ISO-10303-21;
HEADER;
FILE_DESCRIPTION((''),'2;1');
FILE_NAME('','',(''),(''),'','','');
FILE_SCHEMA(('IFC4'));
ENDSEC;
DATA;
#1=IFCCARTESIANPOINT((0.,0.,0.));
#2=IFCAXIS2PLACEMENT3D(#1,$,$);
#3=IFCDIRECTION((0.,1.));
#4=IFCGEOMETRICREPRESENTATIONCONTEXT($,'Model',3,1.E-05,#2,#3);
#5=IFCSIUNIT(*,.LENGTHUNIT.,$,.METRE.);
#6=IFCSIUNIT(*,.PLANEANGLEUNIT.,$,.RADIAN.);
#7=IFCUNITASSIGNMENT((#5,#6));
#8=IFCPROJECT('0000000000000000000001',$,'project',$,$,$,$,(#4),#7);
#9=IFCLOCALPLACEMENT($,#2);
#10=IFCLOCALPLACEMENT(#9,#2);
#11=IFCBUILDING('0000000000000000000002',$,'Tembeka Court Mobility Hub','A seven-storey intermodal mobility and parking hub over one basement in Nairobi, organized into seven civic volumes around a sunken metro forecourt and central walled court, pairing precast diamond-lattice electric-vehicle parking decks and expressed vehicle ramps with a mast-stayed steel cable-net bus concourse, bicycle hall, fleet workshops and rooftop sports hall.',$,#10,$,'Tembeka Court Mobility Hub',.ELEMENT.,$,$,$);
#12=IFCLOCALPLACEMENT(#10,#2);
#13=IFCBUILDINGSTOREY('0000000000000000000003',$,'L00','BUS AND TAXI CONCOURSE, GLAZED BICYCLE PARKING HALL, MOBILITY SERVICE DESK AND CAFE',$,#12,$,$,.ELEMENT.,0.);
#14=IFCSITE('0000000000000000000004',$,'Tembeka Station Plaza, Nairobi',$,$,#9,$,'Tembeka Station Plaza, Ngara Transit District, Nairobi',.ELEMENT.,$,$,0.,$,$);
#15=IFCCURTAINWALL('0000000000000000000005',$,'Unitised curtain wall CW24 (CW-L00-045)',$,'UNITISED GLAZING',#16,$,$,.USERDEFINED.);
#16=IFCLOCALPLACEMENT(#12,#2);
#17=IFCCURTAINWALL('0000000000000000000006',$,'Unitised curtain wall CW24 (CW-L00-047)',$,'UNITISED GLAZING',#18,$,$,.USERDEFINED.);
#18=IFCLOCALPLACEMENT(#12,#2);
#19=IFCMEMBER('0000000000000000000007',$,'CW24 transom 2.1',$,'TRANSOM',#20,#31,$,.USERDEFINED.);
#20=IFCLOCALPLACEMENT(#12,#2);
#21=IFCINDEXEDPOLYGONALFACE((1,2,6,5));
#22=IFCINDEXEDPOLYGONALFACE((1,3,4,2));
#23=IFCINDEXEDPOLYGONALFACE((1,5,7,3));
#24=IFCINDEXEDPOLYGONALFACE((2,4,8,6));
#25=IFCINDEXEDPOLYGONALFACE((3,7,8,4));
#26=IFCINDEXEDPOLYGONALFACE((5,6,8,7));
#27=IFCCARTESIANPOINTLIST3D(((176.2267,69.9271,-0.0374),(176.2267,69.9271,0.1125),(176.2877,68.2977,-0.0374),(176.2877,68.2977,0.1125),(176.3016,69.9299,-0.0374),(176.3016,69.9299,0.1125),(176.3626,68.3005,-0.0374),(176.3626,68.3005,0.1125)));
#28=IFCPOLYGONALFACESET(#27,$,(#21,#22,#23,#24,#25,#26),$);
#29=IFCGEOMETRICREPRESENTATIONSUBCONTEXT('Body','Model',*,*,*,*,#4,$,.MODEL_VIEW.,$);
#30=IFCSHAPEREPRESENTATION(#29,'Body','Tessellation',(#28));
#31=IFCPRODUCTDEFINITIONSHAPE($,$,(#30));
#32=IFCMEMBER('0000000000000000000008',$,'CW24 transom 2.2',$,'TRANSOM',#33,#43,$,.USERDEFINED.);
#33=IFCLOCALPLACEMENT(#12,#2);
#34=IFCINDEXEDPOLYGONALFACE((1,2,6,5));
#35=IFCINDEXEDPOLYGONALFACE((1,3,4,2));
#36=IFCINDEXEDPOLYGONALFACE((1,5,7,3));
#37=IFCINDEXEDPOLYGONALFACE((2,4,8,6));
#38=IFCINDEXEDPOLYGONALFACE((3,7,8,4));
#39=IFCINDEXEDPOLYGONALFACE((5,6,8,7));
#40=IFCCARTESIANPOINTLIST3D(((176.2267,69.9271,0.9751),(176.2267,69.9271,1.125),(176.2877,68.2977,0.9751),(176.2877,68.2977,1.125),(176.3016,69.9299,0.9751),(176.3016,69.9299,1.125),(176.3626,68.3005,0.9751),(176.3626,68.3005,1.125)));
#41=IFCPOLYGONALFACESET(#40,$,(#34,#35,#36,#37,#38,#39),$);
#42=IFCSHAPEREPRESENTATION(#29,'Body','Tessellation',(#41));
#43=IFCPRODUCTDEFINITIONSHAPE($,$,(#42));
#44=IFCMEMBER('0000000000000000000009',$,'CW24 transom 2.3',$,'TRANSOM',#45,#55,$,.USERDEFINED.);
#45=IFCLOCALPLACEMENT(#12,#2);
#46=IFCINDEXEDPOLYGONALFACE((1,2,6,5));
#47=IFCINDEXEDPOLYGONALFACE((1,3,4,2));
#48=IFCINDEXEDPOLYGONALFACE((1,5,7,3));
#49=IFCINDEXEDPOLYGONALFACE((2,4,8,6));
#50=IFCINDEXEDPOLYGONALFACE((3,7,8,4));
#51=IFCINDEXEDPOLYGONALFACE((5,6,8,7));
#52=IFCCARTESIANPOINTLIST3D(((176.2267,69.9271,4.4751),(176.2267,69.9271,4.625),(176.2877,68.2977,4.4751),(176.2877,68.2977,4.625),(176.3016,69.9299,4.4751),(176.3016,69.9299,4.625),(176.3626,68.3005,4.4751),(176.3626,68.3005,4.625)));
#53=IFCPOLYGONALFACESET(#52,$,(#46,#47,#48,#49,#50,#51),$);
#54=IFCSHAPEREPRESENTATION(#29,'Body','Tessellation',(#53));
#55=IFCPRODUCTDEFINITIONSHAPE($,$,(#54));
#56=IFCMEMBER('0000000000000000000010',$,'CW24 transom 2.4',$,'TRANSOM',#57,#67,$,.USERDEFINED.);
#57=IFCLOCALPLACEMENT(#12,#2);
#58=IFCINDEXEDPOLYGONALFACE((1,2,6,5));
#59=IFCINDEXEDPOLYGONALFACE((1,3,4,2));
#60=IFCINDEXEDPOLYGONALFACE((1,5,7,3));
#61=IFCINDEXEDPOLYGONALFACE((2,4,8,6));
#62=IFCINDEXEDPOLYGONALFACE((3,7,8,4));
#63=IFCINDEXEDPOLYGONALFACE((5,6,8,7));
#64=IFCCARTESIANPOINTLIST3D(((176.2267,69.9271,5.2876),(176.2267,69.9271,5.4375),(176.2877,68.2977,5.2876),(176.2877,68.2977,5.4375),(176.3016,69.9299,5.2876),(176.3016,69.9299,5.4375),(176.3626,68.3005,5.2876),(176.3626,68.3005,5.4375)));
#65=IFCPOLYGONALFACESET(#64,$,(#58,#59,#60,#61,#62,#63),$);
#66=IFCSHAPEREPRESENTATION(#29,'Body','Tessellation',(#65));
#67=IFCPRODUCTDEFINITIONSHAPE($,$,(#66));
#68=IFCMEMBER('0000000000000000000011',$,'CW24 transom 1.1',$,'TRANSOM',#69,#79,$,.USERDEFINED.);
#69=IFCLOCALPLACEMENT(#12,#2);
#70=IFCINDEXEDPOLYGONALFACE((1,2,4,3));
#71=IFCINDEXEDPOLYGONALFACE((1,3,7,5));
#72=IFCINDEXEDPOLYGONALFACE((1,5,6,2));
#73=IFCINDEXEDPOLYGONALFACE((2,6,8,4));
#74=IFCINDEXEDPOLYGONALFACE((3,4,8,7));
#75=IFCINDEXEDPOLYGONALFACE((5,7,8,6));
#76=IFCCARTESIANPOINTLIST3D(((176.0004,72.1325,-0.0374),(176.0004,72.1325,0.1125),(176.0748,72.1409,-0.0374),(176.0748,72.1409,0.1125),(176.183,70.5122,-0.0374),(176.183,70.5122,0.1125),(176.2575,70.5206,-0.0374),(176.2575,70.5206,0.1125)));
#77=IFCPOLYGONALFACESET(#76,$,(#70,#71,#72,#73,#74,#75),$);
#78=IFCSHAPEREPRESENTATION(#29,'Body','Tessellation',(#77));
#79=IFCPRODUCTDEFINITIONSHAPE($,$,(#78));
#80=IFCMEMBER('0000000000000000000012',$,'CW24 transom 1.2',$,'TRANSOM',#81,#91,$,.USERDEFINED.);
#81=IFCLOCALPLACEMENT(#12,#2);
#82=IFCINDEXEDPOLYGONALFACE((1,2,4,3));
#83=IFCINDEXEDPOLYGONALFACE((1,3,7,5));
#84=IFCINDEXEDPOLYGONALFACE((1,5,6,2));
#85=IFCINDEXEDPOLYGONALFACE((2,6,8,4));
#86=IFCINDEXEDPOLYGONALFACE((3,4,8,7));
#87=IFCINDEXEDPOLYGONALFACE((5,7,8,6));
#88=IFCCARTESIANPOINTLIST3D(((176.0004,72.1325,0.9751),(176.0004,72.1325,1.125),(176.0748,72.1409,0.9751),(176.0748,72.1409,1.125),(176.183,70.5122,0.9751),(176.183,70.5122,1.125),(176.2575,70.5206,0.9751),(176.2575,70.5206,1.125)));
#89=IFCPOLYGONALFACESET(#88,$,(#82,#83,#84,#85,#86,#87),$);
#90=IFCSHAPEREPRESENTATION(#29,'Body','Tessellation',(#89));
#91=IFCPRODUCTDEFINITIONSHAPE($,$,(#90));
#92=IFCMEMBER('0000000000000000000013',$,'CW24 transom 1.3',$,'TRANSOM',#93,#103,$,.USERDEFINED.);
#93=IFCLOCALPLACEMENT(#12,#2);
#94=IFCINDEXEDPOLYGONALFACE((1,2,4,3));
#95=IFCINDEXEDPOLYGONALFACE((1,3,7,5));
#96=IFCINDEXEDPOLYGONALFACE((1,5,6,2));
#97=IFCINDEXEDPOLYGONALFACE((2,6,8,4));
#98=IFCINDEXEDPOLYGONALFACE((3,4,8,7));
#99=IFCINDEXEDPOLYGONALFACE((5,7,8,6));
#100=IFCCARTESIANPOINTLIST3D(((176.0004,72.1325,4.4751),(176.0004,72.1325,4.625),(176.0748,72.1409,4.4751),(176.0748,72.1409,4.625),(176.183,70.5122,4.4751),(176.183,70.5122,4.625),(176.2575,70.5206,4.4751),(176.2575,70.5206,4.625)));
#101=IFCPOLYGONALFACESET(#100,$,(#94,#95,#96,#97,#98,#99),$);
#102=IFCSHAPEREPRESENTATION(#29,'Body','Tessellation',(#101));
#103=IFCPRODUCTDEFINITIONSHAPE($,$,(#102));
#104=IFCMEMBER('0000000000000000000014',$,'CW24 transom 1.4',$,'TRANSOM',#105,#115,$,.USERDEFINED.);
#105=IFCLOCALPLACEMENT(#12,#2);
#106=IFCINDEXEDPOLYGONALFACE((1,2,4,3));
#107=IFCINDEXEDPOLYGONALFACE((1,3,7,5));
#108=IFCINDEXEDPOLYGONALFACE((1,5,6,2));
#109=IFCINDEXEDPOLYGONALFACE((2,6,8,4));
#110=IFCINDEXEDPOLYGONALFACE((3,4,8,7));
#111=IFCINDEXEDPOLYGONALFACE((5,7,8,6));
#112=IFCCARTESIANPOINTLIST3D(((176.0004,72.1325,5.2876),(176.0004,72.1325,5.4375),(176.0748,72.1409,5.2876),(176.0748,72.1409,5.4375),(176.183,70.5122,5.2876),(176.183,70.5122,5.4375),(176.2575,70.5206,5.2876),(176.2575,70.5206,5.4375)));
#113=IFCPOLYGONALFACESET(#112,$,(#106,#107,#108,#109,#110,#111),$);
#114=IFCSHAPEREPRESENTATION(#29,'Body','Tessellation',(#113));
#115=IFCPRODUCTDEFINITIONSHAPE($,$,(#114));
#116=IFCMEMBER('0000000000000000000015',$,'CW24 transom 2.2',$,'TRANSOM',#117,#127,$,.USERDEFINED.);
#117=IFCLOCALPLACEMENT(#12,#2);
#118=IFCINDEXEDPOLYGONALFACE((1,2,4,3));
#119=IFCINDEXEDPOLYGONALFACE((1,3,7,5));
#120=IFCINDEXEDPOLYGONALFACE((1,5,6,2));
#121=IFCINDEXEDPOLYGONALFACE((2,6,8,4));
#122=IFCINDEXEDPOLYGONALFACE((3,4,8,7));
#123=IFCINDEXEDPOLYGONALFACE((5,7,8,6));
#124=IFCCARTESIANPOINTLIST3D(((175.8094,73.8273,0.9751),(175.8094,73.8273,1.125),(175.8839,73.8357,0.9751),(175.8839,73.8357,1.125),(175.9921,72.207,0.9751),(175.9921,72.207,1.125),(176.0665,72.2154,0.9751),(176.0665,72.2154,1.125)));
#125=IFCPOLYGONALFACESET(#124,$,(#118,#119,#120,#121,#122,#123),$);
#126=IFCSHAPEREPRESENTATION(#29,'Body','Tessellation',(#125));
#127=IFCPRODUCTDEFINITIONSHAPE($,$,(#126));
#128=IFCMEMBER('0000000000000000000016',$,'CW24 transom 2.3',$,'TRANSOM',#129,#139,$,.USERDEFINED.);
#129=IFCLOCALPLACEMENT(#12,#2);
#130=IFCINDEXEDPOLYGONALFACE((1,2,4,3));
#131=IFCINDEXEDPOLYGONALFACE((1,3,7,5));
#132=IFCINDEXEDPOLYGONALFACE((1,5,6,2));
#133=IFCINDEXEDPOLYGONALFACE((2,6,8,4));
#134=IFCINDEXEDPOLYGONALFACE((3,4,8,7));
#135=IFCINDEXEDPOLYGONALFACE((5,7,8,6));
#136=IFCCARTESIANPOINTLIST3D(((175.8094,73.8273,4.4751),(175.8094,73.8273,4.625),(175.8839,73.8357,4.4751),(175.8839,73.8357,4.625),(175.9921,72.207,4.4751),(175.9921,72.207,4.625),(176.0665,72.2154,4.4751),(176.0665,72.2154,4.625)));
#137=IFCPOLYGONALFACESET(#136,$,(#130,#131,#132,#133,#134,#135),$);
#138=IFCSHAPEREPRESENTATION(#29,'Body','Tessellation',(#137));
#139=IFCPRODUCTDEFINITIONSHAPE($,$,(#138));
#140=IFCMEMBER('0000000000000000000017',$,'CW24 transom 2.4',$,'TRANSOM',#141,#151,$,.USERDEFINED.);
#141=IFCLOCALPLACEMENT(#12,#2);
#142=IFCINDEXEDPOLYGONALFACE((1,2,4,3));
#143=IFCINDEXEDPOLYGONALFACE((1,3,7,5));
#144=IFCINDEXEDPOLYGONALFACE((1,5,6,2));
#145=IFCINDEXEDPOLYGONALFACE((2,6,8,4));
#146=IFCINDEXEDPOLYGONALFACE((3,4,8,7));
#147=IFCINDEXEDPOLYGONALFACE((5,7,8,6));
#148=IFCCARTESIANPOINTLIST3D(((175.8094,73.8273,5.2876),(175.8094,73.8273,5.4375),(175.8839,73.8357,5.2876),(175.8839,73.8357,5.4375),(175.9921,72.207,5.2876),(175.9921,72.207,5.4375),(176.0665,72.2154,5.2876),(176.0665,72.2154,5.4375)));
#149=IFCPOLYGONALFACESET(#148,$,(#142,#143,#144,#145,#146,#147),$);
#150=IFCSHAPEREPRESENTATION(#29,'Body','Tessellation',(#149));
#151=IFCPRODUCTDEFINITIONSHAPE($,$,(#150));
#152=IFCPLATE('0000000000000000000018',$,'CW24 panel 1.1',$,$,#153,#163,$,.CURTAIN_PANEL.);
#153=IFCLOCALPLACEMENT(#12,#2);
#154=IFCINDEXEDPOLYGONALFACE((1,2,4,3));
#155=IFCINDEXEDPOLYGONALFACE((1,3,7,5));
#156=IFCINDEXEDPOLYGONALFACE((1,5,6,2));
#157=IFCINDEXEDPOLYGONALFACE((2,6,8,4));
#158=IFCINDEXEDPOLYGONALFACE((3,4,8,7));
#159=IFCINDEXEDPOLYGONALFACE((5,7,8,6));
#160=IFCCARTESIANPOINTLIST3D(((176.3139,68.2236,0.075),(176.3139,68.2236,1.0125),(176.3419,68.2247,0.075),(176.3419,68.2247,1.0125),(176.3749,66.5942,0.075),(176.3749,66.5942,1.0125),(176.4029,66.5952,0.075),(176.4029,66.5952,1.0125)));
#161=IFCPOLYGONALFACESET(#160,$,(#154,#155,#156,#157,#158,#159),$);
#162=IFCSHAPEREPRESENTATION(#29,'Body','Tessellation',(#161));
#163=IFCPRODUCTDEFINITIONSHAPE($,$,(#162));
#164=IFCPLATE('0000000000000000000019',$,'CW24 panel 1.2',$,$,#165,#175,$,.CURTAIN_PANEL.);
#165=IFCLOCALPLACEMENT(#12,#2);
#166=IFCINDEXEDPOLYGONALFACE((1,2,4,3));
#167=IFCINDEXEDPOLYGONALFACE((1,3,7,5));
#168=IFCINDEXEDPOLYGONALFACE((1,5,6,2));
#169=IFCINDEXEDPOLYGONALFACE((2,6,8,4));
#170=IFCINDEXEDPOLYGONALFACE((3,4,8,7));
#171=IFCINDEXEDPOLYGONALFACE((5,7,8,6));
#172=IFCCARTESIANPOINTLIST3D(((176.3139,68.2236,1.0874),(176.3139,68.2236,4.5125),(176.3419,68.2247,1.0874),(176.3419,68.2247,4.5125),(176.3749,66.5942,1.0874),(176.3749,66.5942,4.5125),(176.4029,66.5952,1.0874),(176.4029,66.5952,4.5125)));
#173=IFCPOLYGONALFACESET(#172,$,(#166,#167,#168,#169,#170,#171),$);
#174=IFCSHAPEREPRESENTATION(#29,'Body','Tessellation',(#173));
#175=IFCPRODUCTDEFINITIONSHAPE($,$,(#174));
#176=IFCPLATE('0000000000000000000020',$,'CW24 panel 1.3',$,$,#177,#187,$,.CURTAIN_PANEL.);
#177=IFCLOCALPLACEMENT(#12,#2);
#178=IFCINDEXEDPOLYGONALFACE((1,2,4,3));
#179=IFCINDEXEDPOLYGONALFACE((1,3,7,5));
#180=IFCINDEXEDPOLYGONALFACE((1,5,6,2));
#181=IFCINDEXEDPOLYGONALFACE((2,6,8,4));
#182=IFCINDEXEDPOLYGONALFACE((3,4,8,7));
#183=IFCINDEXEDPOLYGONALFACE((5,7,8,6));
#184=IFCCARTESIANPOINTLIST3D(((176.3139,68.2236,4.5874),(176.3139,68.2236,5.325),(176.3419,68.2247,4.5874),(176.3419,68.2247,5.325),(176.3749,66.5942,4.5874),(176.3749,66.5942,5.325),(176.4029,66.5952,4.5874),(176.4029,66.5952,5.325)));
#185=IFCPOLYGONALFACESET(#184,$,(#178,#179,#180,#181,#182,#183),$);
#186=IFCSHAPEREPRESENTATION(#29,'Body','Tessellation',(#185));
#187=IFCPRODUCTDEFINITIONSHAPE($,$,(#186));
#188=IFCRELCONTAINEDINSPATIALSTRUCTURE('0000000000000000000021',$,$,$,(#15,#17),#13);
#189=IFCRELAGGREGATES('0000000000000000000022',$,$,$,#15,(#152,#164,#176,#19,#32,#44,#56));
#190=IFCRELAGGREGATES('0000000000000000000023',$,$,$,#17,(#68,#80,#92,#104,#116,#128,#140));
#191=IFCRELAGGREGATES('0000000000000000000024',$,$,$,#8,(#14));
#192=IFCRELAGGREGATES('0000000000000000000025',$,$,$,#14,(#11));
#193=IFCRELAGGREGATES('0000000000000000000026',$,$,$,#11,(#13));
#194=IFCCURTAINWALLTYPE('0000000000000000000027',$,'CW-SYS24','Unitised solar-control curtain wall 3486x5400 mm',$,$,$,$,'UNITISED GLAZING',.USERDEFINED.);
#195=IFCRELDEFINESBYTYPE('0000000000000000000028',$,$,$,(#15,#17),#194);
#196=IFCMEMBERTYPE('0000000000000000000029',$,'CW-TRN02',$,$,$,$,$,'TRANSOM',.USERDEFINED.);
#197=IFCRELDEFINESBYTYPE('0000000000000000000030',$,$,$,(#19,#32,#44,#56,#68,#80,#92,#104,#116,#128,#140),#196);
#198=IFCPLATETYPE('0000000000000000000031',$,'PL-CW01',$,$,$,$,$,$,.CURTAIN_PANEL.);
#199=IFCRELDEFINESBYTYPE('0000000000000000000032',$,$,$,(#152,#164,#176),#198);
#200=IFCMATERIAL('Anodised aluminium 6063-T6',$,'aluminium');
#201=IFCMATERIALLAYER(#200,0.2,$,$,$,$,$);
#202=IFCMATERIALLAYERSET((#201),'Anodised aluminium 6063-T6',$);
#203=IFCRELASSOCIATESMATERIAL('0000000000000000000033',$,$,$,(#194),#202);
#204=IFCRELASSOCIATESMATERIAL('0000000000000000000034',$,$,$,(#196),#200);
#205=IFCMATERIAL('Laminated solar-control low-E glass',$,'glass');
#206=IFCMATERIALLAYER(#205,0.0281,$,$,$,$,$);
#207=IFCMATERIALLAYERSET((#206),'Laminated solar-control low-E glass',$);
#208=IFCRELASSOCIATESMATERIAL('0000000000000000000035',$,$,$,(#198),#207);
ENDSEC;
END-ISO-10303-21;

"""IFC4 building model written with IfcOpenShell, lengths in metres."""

from ifc_helpers import new_model, si_unit, direction, frame, origin, origin_2d, place, context, subcontext, project, spatial, rectangle, extrude, material, layer, layer_set, material_profile, profile_set, type_object, element, aggregate, save


model = new_model("IFC4")

# Units and contexts
model_context = context("Model", 3, precision=1e-05, world=origin(), true_north=direction((0.0, 1.0)))
body_context = subcontext(model_context, "Body", "Model", "MODEL_VIEW")
ifc_project = project(units=[si_unit("LENGTHUNIT", "METRE"), si_unit("PLANEANGLEUNIT", "RADIAN")], contexts=[model_context])

# Site, building, storey
site_placement = place(None, origin())
site = spatial("IfcSite", under=ifc_project, at=site_placement, Name="Tembeka Station Plaza, Nairobi", LongName="Tembeka Station Plaza, Ngara Transit District, Nairobi", CompositionType="ELEMENT", RefElevation=0.0)
building_placement = place(site_placement, origin())
building = spatial("IfcBuilding", under=site, at=building_placement, Name="Tembeka Court Mobility Hub", Description="A seven-storey intermodal mobility and parking hub over one basement in Nairobi, organized into seven civic volumes around a sunken metro forecourt and central walled court, pairing precast diamond-lattice electric-vehicle parking decks and expressed vehicle ramps with a mast-stayed steel cable-net bus concourse, bicycle hall, fleet workshops and rooftop sports hall.", LongName="Tembeka Court Mobility Hub", CompositionType="ELEMENT")
storey_placement = place(building_placement, origin())
storey = spatial("IfcBuildingStorey", under=building, at=storey_placement, Name="L00", Description="BUS AND TAXI CONCOURSE, GLAZED BICYCLE PARKING HALL, MOBILITY SERVICE DESK AND CAFE", CompositionType="ELEMENT", Elevation=0.0)

# Curtain walls
ifc_material_1 = material(Name="Anodised aluminium 6063-T6", Category="aluminium")
ifc_layer_1 = layer(ifc_material_1, 0.2)
ifc_layer_set_1 = layer_set([ifc_layer_1], Name="Anodised aluminium 6063-T6")
curtain_wall_type = type_object("IfcCurtainWallType", Name="CW-SYS24", Description="Unitised solar-control curtain wall 3486x5400 mm", ElementType="UNITISED GLAZING", PredefinedType="USERDEFINED", material=ifc_layer_set_1)
curtain_wall_1_placement = place(storey_placement, origin())
curtain_wall_1 = element("IfcCurtainWall", 1, at=curtain_wall_1_placement, inside=storey, type_object=curtain_wall_type, Name="Unitised curtain wall CW24 (CW-L00-045)", ObjectType="UNITISED GLAZING", PredefinedType="USERDEFINED")
curtain_wall_2_placement = place(storey_placement, origin())
curtain_wall_2 = element("IfcCurtainWall", 2, at=curtain_wall_2_placement, inside=storey, type_object=curtain_wall_type, Name="Unitised curtain wall CW24 (CW-L00-047)", ObjectType="UNITISED GLAZING", PredefinedType="USERDEFINED")

# Members
ifc_material_profile_1 = material_profile(ifc_material_1, rectangle(XDim=0.075, YDim=0.1499, at=origin_2d()), Name="ALU-TRN 75x150")
ifc_profile_set_1 = profile_set([ifc_material_profile_1], Name="Anodised aluminium 6063-T6")
member_type_1 = type_object("IfcMemberType", Name="CW-TRN02", ElementType="TRANSOM", PredefinedType="USERDEFINED", material=ifc_profile_set_1)
member_1_placement = place(storey_placement, frame((176.3252, 68.2991, 0.0376), z_axis=(-0.037433, 0.999299, 0.0), x_axis=(-0.999299, -0.037433, 0.0)))
member_1 = element("IfcMember", 3, at=member_1_placement, type_object=member_type_1, Name="CW24 transom 2.1", ObjectType="TRANSOM", PredefinedType="USERDEFINED", context=body_context, shape_type="SweptSolid", body=[
    extrude(rectangle(XDim=0.075, YDim=0.1499, at=origin_2d()), origin(), (0.0, 0.0, 1.0), 1.6306),
])
member_2_placement = place(storey_placement, frame((176.3252, 68.2991, 1.05), z_axis=(-0.037433, 0.999299, 0.0), x_axis=(-0.999299, -0.037433, 0.0)))
member_2 = element("IfcMember", 4, at=member_2_placement, type_object=member_type_1, Name="CW24 transom 2.2", ObjectType="TRANSOM", PredefinedType="USERDEFINED", context=body_context, shape_type="SweptSolid", body=[
    extrude(rectangle(XDim=0.075, YDim=0.1499, at=origin_2d()), origin(), (0.0, 0.0, 1.0), 1.6306),
])
member_3_placement = place(storey_placement, frame((176.3252, 68.2991, 4.55), z_axis=(-0.037433, 0.999299, 0.0), x_axis=(-0.999299, -0.037433, 0.0)))
member_3 = element("IfcMember", 5, at=member_3_placement, type_object=member_type_1, Name="CW24 transom 2.3", ObjectType="TRANSOM", PredefinedType="USERDEFINED", context=body_context, shape_type="SweptSolid", body=[
    extrude(rectangle(XDim=0.075, YDim=0.1499, at=origin_2d()), origin(), (0.0, 0.0, 1.0), 1.6306),
])
member_4_placement = place(storey_placement, frame((176.3252, 68.2991, 5.3625), z_axis=(-0.037433, 0.999299, 0.0), x_axis=(-0.999299, -0.037433, 0.0)))
member_4 = element("IfcMember", 6, at=member_4_placement, type_object=member_type_1, Name="CW24 transom 2.4", ObjectType="TRANSOM", PredefinedType="USERDEFINED", context=body_context, shape_type="SweptSolid", body=[
    extrude(rectangle(XDim=0.075, YDim=0.1499, at=origin_2d()), origin(), (0.0, 0.0, 1.0), 1.6306),
])
member_5_placement = place(storey_placement, frame((176.2202, 70.5164, 0.0376), z_axis=(-0.111993, 0.993709, 0.0), x_axis=(-0.993709, -0.111993, 0.0)))
member_5 = element("IfcMember", 7, at=member_5_placement, type_object=member_type_1, Name="CW24 transom 1.1", ObjectType="TRANSOM", PredefinedType="USERDEFINED", context=body_context, shape_type="SweptSolid", body=[
    extrude(rectangle(XDim=0.075, YDim=0.1499, at=origin_2d()), origin(), (0.0, 0.0, 1.0), 1.6306),
])
member_6_placement = place(storey_placement, frame((176.2202, 70.5164, 1.05), z_axis=(-0.111993, 0.993709, 0.0), x_axis=(-0.993709, -0.111993, 0.0)))
member_6 = element("IfcMember", 8, at=member_6_placement, type_object=member_type_1, Name="CW24 transom 1.2", ObjectType="TRANSOM", PredefinedType="USERDEFINED", context=body_context, shape_type="SweptSolid", body=[
    extrude(rectangle(XDim=0.075, YDim=0.1499, at=origin_2d()), origin(), (0.0, 0.0, 1.0), 1.6306),
])
member_7_placement = place(storey_placement, frame((176.2202, 70.5164, 4.55), z_axis=(-0.111993, 0.993709, 0.0), x_axis=(-0.993709, -0.111993, 0.0)))
member_7 = element("IfcMember", 9, at=member_7_placement, type_object=member_type_1, Name="CW24 transom 1.3", ObjectType="TRANSOM", PredefinedType="USERDEFINED", context=body_context, shape_type="SweptSolid", body=[
    extrude(rectangle(XDim=0.075, YDim=0.1499, at=origin_2d()), origin(), (0.0, 0.0, 1.0), 1.6306),
])
member_8_placement = place(storey_placement, frame((176.2202, 70.5164, 5.3625), z_axis=(-0.111993, 0.993709, 0.0), x_axis=(-0.993709, -0.111993, 0.0)))
member_8 = element("IfcMember", 10, at=member_8_placement, type_object=member_type_1, Name="CW24 transom 1.4", ObjectType="TRANSOM", PredefinedType="USERDEFINED", context=body_context, shape_type="SweptSolid", body=[
    extrude(rectangle(XDim=0.075, YDim=0.1499, at=origin_2d()), origin(), (0.0, 0.0, 1.0), 1.6306),
])
member_9_placement = place(storey_placement, frame((176.0293, 72.2112, 1.05), z_axis=(-0.111993, 0.993709, 0.0), x_axis=(-0.993709, -0.111993, 0.0)))
member_9 = element("IfcMember", 11, at=member_9_placement, type_object=member_type_1, Name="CW24 transom 2.2", ObjectType="TRANSOM", PredefinedType="USERDEFINED", context=body_context, shape_type="SweptSolid", body=[
    extrude(rectangle(XDim=0.075, YDim=0.1499, at=origin_2d()), origin(), (0.0, 0.0, 1.0), 1.6306),
])
member_10_placement = place(storey_placement, frame((176.0293, 72.2112, 4.55), z_axis=(-0.111993, 0.993709, 0.0), x_axis=(-0.993709, -0.111993, 0.0)))
member_10 = element("IfcMember", 12, at=member_10_placement, type_object=member_type_1, Name="CW24 transom 2.3", ObjectType="TRANSOM", PredefinedType="USERDEFINED", context=body_context, shape_type="SweptSolid", body=[
    extrude(rectangle(XDim=0.075, YDim=0.1499, at=origin_2d()), origin(), (0.0, 0.0, 1.0), 1.6306),
])
member_11_placement = place(storey_placement, frame((176.0293, 72.2112, 5.3625), z_axis=(-0.111993, 0.993709, 0.0), x_axis=(-0.993709, -0.111993, 0.0)))
member_11 = element("IfcMember", 13, at=member_11_placement, type_object=member_type_1, Name="CW24 transom 2.4", ObjectType="TRANSOM", PredefinedType="USERDEFINED", context=body_context, shape_type="SweptSolid", body=[
    extrude(rectangle(XDim=0.075, YDim=0.1499, at=origin_2d()), origin(), (0.0, 0.0, 1.0), 1.6306),
])

# Plates
ifc_material_2 = material(Name="Laminated solar-control low-E glass", Category="glass")
ifc_layer_2 = layer(ifc_material_2, 0.0281)
ifc_layer_set_2 = layer_set([ifc_layer_2], Name="Laminated solar-control low-E glass")
plate_type = type_object("IfcPlateType", Name="PL-CW01", PredefinedType="CURTAIN_PANEL", material=ifc_layer_set_2)
plate_1_placement = place(storey_placement, frame((176.3584, 67.4094, 0.075), z_axis=(0.0, 0.0, 1.0), x_axis=(-0.037405, 0.9993, 0.0)))
plate_1 = element("IfcPlate", 14, at=plate_1_placement, type_object=plate_type, Name="CW24 panel 1.1", PredefinedType="CURTAIN_PANEL", context=body_context, shape_type="SweptSolid", body=[
    extrude(rectangle(XDim=1.6306, YDim=0.0281, at=origin_2d()), origin(), (0.0, 0.0, 1.0), 0.9375),
])
plate_2_placement = place(storey_placement, frame((176.3584, 67.4094, 1.0874), z_axis=(0.0, 0.0, 1.0), x_axis=(-0.037405, 0.9993, 0.0)))
plate_2 = element("IfcPlate", 15, at=plate_2_placement, type_object=plate_type, Name="CW24 panel 1.2", PredefinedType="CURTAIN_PANEL", context=body_context, shape_type="SweptSolid", body=[
    extrude(rectangle(XDim=1.6306, YDim=0.0281, at=origin_2d()), origin(), (0.0, 0.0, 1.0), 3.425),
])
plate_3_placement = place(storey_placement, frame((176.3584, 67.4094, 4.5874), z_axis=(0.0, 0.0, 1.0), x_axis=(-0.037405, 0.9993, 0.0)))
plate_3 = element("IfcPlate", 16, at=plate_3_placement, type_object=plate_type, Name="CW24 panel 1.3", PredefinedType="CURTAIN_PANEL", context=body_context, shape_type="SweptSolid", body=[
    extrude(rectangle(XDim=1.6306, YDim=0.0281, at=origin_2d()), origin(), (0.0, 0.0, 1.0), 0.7375),
])
aggregate(curtain_wall_1, [plate_1, plate_2, plate_3, member_1, member_2, member_3, member_4])
aggregate(curtain_wall_2, [member_5, member_6, member_7, member_8, member_9, member_10, member_11])

save(model, "model.ifc")
